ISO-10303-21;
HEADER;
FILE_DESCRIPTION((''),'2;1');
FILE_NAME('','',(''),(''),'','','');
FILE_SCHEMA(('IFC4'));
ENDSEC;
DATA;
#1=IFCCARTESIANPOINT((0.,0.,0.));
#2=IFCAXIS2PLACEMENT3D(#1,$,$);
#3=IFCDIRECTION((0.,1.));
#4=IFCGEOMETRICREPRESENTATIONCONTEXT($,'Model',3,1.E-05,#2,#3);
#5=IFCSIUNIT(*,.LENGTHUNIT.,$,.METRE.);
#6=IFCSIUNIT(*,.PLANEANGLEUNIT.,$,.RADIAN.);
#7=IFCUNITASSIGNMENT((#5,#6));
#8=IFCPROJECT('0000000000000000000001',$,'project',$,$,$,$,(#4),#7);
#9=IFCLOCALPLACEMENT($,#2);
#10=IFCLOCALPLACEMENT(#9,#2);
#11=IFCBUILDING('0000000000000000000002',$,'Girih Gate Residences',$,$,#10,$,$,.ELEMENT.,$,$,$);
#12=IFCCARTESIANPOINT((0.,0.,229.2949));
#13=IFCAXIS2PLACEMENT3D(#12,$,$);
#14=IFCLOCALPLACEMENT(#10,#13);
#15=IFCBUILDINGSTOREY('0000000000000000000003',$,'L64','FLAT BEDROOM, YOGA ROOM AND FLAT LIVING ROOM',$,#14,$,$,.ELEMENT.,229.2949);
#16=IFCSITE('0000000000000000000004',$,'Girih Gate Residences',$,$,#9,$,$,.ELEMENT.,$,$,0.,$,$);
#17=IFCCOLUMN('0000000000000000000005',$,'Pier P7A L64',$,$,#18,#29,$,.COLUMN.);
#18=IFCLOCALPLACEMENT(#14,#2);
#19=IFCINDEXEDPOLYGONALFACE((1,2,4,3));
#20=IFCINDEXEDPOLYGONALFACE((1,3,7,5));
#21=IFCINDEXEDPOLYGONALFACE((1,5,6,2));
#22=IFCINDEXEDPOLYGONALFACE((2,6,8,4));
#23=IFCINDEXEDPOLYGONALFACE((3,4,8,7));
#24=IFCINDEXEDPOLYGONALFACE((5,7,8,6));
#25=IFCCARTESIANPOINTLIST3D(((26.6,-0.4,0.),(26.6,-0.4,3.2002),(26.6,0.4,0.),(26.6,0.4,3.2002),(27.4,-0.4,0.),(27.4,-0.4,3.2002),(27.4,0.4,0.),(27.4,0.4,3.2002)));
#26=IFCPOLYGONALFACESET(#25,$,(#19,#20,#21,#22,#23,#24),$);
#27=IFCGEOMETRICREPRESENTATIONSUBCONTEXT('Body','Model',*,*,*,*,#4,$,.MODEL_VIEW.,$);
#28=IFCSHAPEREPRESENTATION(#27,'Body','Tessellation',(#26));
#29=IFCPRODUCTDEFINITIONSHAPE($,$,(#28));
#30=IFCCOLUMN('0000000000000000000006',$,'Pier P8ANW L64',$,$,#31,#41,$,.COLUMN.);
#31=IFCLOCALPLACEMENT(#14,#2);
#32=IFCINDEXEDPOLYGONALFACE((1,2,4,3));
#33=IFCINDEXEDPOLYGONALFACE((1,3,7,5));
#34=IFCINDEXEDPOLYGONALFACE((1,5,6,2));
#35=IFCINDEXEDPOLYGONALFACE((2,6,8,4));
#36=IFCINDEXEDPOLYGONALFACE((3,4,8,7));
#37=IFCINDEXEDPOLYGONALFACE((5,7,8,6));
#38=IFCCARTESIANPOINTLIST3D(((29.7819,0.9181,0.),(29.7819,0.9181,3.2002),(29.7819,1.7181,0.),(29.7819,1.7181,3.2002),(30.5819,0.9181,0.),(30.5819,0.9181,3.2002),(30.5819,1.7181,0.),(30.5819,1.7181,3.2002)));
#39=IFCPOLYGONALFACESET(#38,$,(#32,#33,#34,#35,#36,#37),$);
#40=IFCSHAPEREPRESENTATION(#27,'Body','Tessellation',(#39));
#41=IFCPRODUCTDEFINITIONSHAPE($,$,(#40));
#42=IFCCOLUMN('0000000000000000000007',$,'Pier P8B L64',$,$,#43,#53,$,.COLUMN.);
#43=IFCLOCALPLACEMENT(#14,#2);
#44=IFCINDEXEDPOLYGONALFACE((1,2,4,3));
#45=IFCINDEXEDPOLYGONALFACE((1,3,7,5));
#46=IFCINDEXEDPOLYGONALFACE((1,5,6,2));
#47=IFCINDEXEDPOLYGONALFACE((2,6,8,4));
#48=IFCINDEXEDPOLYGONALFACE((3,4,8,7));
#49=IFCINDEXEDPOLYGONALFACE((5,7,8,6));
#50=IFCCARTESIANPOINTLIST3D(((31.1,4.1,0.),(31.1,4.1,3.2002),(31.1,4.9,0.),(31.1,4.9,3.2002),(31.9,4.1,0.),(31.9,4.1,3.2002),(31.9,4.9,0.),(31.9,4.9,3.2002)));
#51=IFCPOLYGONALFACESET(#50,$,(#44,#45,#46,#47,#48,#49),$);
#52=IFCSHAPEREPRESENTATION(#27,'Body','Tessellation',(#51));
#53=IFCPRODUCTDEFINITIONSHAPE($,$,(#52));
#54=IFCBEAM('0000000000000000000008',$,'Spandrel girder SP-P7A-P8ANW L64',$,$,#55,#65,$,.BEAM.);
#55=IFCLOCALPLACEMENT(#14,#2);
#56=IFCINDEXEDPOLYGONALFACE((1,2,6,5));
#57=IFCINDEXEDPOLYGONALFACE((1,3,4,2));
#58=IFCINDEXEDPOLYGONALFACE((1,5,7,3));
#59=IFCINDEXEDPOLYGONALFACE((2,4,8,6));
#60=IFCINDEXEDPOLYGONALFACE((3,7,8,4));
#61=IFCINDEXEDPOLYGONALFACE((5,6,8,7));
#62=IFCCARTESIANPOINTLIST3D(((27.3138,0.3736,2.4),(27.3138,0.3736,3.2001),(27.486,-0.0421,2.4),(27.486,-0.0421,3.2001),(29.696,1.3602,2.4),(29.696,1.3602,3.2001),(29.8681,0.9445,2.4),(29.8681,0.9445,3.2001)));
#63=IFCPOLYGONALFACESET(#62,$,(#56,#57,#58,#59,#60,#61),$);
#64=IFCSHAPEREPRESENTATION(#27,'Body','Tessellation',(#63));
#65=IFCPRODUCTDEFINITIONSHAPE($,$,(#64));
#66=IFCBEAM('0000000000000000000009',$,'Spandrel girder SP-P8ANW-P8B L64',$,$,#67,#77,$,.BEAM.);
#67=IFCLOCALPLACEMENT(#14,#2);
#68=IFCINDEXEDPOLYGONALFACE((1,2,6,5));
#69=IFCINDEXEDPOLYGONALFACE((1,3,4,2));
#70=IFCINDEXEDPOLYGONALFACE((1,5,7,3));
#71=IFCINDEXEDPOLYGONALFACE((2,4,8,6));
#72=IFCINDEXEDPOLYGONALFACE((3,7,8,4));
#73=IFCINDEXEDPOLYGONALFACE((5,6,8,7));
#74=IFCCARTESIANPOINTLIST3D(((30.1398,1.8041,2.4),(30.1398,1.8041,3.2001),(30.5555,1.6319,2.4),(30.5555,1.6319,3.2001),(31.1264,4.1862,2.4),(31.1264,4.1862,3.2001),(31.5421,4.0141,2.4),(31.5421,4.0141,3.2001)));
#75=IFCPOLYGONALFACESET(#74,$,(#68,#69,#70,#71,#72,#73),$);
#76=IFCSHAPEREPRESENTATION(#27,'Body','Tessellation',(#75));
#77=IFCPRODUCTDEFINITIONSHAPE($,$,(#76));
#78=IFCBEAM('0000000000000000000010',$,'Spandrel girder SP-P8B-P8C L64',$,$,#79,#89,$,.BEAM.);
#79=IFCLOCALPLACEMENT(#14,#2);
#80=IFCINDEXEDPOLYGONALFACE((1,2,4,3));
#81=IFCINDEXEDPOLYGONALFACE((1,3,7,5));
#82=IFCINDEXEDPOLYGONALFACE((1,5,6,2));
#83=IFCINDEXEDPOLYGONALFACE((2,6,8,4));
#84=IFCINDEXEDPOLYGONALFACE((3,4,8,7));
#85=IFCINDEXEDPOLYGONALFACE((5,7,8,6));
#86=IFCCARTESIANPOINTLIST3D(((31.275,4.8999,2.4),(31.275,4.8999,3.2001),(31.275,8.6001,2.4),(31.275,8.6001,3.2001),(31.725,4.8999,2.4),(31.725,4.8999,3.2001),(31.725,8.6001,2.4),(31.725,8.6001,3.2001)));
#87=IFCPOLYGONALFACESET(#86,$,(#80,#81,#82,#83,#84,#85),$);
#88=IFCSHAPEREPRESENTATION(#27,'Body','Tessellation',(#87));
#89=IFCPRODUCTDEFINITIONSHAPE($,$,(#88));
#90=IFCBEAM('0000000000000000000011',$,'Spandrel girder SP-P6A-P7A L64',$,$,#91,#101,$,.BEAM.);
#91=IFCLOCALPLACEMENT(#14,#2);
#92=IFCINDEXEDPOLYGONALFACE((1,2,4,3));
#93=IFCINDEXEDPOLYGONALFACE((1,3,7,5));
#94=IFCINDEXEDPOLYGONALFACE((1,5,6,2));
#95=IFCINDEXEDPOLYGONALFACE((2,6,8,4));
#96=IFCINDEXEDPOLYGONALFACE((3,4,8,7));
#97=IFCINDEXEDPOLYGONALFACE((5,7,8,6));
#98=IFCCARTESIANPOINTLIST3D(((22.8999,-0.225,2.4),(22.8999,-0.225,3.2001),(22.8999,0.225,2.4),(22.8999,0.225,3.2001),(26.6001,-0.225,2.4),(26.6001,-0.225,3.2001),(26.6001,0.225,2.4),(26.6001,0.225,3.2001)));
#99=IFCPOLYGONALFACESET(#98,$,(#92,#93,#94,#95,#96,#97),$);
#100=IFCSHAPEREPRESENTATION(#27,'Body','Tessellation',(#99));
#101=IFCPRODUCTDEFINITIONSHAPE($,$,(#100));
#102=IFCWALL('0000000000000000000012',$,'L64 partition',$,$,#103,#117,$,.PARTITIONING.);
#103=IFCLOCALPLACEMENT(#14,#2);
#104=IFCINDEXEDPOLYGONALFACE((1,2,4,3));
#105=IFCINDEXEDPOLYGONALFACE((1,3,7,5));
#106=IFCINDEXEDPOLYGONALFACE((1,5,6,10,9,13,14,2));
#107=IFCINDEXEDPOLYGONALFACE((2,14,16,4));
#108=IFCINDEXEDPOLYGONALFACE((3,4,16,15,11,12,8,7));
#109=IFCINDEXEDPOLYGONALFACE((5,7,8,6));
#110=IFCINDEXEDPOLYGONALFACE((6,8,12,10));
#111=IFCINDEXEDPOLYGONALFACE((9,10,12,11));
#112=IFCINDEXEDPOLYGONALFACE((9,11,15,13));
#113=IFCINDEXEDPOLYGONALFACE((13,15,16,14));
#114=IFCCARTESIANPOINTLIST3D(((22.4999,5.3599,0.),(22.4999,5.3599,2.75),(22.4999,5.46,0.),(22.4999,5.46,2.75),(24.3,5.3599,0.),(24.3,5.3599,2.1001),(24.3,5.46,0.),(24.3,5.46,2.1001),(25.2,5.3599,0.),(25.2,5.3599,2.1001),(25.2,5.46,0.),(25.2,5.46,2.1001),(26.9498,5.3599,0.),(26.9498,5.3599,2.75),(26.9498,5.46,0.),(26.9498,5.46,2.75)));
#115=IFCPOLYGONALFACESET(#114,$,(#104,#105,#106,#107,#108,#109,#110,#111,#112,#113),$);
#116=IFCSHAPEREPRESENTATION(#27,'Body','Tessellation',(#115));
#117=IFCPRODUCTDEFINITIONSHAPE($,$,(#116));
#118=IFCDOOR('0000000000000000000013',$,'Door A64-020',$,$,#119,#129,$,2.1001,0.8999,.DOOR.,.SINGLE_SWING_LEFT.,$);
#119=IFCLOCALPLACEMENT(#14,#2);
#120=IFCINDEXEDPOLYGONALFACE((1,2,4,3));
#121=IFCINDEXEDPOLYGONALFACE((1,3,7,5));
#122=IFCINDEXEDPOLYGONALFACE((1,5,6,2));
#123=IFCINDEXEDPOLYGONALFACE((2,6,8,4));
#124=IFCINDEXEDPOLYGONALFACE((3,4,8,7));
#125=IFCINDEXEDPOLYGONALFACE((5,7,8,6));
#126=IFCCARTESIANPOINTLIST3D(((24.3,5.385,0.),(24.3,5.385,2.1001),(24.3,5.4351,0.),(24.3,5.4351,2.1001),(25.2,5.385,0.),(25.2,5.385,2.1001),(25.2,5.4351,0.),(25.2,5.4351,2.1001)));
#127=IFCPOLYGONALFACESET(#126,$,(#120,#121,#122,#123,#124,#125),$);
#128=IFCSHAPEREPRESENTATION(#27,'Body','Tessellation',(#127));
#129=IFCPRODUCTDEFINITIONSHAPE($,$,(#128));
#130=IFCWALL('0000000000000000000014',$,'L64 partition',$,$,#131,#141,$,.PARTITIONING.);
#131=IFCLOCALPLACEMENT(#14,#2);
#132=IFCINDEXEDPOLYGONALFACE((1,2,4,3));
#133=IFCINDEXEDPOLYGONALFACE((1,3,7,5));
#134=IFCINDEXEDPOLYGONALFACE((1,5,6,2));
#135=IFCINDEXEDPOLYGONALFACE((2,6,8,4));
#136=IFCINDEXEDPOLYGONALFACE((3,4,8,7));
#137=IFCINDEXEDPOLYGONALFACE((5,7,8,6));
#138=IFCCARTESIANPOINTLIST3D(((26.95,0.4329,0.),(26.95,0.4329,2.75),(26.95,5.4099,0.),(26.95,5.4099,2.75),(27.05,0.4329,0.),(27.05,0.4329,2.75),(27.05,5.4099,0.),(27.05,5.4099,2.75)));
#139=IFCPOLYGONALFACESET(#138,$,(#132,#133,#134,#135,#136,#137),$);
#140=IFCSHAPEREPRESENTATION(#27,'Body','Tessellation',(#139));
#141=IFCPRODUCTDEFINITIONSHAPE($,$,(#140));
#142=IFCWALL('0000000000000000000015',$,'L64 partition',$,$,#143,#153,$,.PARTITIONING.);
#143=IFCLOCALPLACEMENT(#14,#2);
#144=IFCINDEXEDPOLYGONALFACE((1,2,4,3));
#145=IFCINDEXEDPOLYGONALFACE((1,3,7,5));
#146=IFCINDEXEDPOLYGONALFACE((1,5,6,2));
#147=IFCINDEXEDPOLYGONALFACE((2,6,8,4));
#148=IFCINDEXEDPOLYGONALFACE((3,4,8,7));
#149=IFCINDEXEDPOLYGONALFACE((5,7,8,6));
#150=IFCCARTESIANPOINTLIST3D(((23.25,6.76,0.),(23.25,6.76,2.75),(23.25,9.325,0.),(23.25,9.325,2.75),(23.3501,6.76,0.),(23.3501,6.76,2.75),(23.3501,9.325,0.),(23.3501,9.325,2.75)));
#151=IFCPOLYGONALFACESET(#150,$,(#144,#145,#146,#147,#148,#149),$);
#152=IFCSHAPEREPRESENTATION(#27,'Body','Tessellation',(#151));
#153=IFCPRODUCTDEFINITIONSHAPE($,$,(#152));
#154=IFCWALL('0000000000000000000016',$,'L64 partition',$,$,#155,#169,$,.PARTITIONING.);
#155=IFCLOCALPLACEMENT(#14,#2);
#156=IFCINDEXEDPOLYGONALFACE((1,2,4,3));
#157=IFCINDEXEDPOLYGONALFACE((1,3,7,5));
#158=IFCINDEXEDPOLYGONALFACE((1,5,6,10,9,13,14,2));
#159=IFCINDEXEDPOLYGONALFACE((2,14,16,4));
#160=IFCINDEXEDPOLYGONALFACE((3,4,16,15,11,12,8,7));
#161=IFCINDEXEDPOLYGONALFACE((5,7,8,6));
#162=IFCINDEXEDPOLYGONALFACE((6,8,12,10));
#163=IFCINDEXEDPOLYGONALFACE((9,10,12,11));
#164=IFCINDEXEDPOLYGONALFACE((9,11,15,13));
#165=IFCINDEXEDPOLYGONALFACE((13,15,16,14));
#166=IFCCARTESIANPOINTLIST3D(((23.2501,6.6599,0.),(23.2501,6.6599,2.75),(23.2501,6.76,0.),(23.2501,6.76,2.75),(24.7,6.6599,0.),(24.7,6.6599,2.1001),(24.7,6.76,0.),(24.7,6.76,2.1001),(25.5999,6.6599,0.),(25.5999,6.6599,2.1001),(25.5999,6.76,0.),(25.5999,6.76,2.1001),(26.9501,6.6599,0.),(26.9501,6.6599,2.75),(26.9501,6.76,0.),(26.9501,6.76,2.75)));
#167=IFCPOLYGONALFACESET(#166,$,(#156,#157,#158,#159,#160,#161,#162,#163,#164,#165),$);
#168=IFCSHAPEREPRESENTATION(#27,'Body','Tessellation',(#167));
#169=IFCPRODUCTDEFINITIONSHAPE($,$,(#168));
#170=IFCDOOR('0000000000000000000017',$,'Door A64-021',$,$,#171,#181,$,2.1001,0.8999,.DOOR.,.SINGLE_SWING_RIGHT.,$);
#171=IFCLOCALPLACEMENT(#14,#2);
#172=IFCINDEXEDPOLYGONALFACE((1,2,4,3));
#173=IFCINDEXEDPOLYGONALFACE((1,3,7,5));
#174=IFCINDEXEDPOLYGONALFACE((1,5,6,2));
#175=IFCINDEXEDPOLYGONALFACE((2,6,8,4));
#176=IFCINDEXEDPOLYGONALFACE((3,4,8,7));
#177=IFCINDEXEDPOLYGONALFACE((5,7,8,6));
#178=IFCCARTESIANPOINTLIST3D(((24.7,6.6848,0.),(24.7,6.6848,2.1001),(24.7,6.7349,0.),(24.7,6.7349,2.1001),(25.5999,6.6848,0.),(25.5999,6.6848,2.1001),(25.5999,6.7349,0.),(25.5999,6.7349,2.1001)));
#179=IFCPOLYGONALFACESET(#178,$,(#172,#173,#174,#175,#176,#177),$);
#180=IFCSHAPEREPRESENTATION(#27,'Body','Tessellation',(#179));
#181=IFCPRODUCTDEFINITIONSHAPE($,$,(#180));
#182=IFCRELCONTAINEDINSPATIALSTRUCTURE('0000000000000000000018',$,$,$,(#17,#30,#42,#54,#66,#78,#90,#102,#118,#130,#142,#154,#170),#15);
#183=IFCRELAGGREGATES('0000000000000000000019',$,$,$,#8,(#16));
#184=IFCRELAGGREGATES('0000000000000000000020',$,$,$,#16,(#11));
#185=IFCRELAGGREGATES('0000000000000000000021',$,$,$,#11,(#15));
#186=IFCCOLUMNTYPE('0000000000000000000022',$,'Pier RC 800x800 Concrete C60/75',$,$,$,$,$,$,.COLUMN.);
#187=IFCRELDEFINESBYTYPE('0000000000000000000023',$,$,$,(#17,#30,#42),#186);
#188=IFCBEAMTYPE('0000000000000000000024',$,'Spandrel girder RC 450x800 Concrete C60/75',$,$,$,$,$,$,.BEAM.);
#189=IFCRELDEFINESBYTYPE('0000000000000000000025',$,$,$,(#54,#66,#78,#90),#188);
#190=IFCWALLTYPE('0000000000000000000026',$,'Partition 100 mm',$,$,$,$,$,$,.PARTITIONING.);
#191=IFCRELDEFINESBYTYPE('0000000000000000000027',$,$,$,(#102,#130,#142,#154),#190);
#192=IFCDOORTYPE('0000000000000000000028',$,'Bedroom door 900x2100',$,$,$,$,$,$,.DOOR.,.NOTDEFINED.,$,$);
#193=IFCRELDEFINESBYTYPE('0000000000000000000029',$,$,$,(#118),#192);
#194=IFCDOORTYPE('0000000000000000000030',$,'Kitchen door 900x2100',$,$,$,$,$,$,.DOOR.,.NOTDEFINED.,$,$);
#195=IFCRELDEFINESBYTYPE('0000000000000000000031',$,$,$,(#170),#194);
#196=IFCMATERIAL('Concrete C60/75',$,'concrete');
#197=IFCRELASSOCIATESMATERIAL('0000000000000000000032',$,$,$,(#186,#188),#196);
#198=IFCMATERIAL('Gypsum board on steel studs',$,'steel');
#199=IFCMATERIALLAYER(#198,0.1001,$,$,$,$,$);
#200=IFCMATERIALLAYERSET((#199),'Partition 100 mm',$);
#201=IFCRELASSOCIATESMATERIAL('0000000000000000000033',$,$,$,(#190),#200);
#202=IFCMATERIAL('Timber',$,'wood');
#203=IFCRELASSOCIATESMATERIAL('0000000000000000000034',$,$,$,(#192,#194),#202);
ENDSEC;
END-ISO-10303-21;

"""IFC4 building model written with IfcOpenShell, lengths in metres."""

from ifc_helpers import new_model, si_unit, direction, frame, frame_2d, origin, origin_2d, place, context, subcontext, project, spatial, rectangle, extrude, material, layer, layer_set, material_profile, profile_set, type_object, element, fill, save


model = new_model("IFC4")

# Units and contexts
model_context = context("Model", 3, precision=1e-05, world=origin(), true_north=direction((0.0, 1.0)))
body_context = subcontext(model_context, "Body", "Model", "MODEL_VIEW")
ifc_project = project(units=[si_unit("LENGTHUNIT", "METRE"), si_unit("PLANEANGLEUNIT", "RADIAN")], contexts=[model_context])

# Site, building, storey
site_placement = place(None, origin())
site = spatial("IfcSite", under=ifc_project, at=site_placement, Name="Girih Gate Residences", CompositionType="ELEMENT", RefElevation=0.0)
building_placement = place(site_placement, origin())
building = spatial("IfcBuilding", under=site, at=building_placement, Name="Girih Gate Residences", CompositionType="ELEMENT")
storey_placement = place(building_placement, frame((0.0, 0.0, 229.2949)))
storey = spatial("IfcBuildingStorey", under=building, at=storey_placement, Name="L64", Description="FLAT BEDROOM, YOGA ROOM AND FLAT LIVING ROOM", CompositionType="ELEMENT", Elevation=229.2949)

# Columns
ifc_material_1 = material(Name="Concrete C60/75", Category="concrete")
ifc_material_profile_1 = material_profile(ifc_material_1, rectangle(XDim=0.8, YDim=0.8, at=origin_2d()))
ifc_profile_set_1 = profile_set([ifc_material_profile_1], Name="Concrete C60/75")
column_type = type_object("IfcColumnType", Name="Pier RC 800x800 Concrete C60/75", PredefinedType="COLUMN", material=ifc_profile_set_1)
for number, where, z_axis, x_axis, name in (
    (1, (27.0, 0.0, 0.0), (0.0, 0.0, 1.0), (1.0, 0.0, 0.0), "Pier P7A L64"),
    (2, (30.1819, 1.3181, 0.0), (0.0, 0.0, 1.0), (1.0, 0.0, 0.0), "Pier P8ANW L64"),
    (3, (31.5, 4.5, 0.0), (0.0, 0.0, 1.0), (1.0, 0.0, 0.0), "Pier P8B L64"),
):
    element("IfcColumn", number, at=place(storey_placement, frame(where, z_axis=z_axis, x_axis=x_axis)), inside=storey, type_object=column_type, Name=name, PredefinedType="COLUMN", context=body_context, shape_type="SweptSolid", body=[
        extrude(rectangle(XDim=0.8, YDim=0.8, at=origin_2d()), origin(), (0.0, 0.0, 1.0), 3.2002),
    ])

# Beams
ifc_material_profile_2 = material_profile(ifc_material_1, rectangle(XDim=0.45, YDim=0.8, at=origin_2d()))
ifc_profile_set_2 = profile_set([ifc_material_profile_2], Name="Concrete C60/75")
beam_type = type_object("IfcBeamType", Name="Spandrel girder RC 450x800 Concrete C60/75", PredefinedType="BEAM", material=ifc_profile_set_2)
for number, where, z_axis, x_axis, name in (
    (4, (27.3999, 0.1658, 2.8), (0.923896, 0.382644, 0.0), (-0.382644, 0.923896, 0.0), "Spandrel girder SP-P7A-P8ANW L64"),
    (5, (30.3477, 1.718, 2.8), (0.382644, 0.923896, 0.0), (-0.923896, 0.382644, 0.0), "Spandrel girder SP-P8ANW-P8B L64"),
):
    element("IfcBeam", number, at=place(storey_placement, frame(where, z_axis=z_axis, x_axis=x_axis)), inside=storey, type_object=beam_type, Name=name, PredefinedType="BEAM", context=body_context, shape_type="SweptSolid", body=[
        extrude(rectangle(XDim=0.45, YDim=0.8, at=origin_2d()), origin(), (0.0, 0.0, 1.0), 2.5784),
    ])
for number, where, z_axis, x_axis, name in (
    (6, (31.5, 4.8999, 2.8), (0.0, 1.0, 0.0), (-1.0, 0.0, 0.0), "Spandrel girder SP-P8B-P8C L64"),
    (7, (22.8999, 0.0, 2.8), (1.0, 0.0, 0.0), (0.0, 1.0, 0.0), "Spandrel girder SP-P6A-P7A L64"),
):
    element("IfcBeam", number, at=place(storey_placement, frame(where, z_axis=z_axis, x_axis=x_axis)), inside=storey, type_object=beam_type, Name=name, PredefinedType="BEAM", context=body_context, shape_type="SweptSolid", body=[
        extrude(rectangle(XDim=0.45, YDim=0.8, at=origin_2d()), origin(), (0.0, 0.0, 1.0), 3.7002),
    ])

# Wall, opening, door
ifc_material_2 = material(Name="Gypsum board on steel studs", Category="steel")
ifc_layer_1 = layer(ifc_material_2, 0.1001)
ifc_layer_set_1 = layer_set([ifc_layer_1], Name="Partition 100 mm")
wall_type_1 = type_object("IfcWallType", Name="Partition 100 mm", PredefinedType="PARTITIONING", material=ifc_layer_set_1)
wall_1_placement = place(storey_placement, frame((26.95, 5.4099, 0.0), z_axis=(0.0, 0.0, 1.0), x_axis=(-1.0, 0.0, 0.0)))
wall_1 = element("IfcWall", 8, at=wall_1_placement, inside=storey, type_object=wall_type_1, Name="L64 partition", PredefinedType="PARTITIONING", context=body_context, shape_type="SweptSolid", body=[
    extrude(rectangle(XDim=4.45, YDim=0.1001, at=frame_2d((2.2251, 0.0))), origin(), (0.0, 0.0, 1.0), 2.75),
])
opening_1_placement = place(wall_1_placement, frame((1.75, 0.0, 0.0)))
opening_1 = element("IfcOpeningElement", 9, at=opening_1_placement, cuts=wall_1, PredefinedType="OPENING", context=body_context, shape_type="SweptSolid", body=[
    extrude(rectangle(XDim=0.8999, YDim=2.1001, at=frame_2d((0.45, 1.05))), frame((0.0, 0.0601, 0.0), z_axis=(0.0, -1.0, 0.0), x_axis=(1.0, 0.0, 0.0)), (0.0, 0.0, 1.0), 0.1201),
])
ifc_material_3 = material(Name="Timber", Category="wood")
door_type_1 = type_object("IfcDoorType", Name="Bedroom door 900x2100", OperationType="NOTDEFINED", PredefinedType="DOOR", material=ifc_material_3)
door_1_placement = place(opening_1_placement, origin())
door_1 = element("IfcDoor", 10, at=door_1_placement, inside=storey, type_object=door_type_1, Name="Door A64-020", OperationType="SINGLE_SWING_LEFT", OverallHeight=2.1001, OverallWidth=0.8999, PredefinedType="DOOR", context=body_context, shape_type="SweptSolid", body=[
    extrude(rectangle(XDim=0.8999, YDim=2.1001, at=frame_2d((0.45, 1.05))), frame((0.0, 0.0249, 0.0), z_axis=(0.0, -1.0, 0.0), x_axis=(1.0, 0.0, 0.0)), (0.0, 0.0, 1.0), 0.05),
])
fill(opening_1, door_1)

# Walls
wall_2_placement = place(storey_placement, frame((27.0, 0.4329, 0.0), z_axis=(0.0, 0.0, 1.0), x_axis=(0.0, 1.0, 0.0)))
element("IfcWall", 11, at=wall_2_placement, inside=storey, type_object=wall_type_1, Name="L64 partition", PredefinedType="PARTITIONING", context=body_context, shape_type="SweptSolid", body=[
    extrude(rectangle(XDim=4.9771, YDim=0.1001, at=frame_2d((2.4885, 0.0))), origin(), (0.0, 0.0, 1.0), 2.75),
])
wall_3_placement = place(storey_placement, frame((23.3, 6.76, 0.0), z_axis=(0.0, 0.0, 1.0), x_axis=(0.0, 1.0, 0.0)))
element("IfcWall", 12, at=wall_3_placement, inside=storey, type_object=wall_type_1, Name="L64 partition", PredefinedType="PARTITIONING", context=body_context, shape_type="SweptSolid", body=[
    extrude(rectangle(XDim=2.5649, YDim=0.1001, at=frame_2d((1.2825, 0.0))), origin(), (0.0, 0.0, 1.0), 2.75),
])

# Wall, opening, door
wall_4_placement = place(storey_placement, frame((23.25, 6.71, 0.0), z_axis=(0.0, 0.0, 1.0), x_axis=(1.0, 0.0, 0.0)))
wall_4 = element("IfcWall", 13, at=wall_4_placement, inside=storey, type_object=wall_type_1, Name="L64 partition", PredefinedType="PARTITIONING", context=body_context, shape_type="SweptSolid", body=[
    extrude(rectangle(XDim=3.7, YDim=0.1001, at=frame_2d((1.8501, 0.0))), origin(), (0.0, 0.0, 1.0), 2.75),
])
opening_2_placement = place(wall_4_placement, frame((1.45, 0.0, 0.0)))
opening_2 = element("IfcOpeningElement", 14, at=opening_2_placement, cuts=wall_4, PredefinedType="OPENING", context=body_context, shape_type="SweptSolid", body=[
    extrude(rectangle(XDim=0.8999, YDim=2.1001, at=frame_2d((0.45, 1.05))), frame((0.0, 0.0601, 0.0), z_axis=(0.0, -1.0, 0.0), x_axis=(1.0, 0.0, 0.0)), (0.0, 0.0, 1.0), 0.1201),
])
door_type_2 = type_object("IfcDoorType", Name="Kitchen door 900x2100", OperationType="NOTDEFINED", PredefinedType="DOOR", material=ifc_material_3)
door_2_placement = place(opening_2_placement, origin())
door_2 = element("IfcDoor", 15, at=door_2_placement, inside=storey, type_object=door_type_2, Name="Door A64-021", OperationType="SINGLE_SWING_RIGHT", OverallHeight=2.1001, OverallWidth=0.8999, PredefinedType="DOOR", context=body_context, shape_type="SweptSolid", body=[
    extrude(rectangle(XDim=0.8999, YDim=2.1001, at=frame_2d((0.45, 1.05))), frame((0.0, 0.0249, 0.0), z_axis=(0.0, -1.0, 0.0), x_axis=(1.0, 0.0, 0.0)), (0.0, 0.0, 1.0), 0.05),
])
fill(opening_2, door_2)

save(model, "model.ifc")
